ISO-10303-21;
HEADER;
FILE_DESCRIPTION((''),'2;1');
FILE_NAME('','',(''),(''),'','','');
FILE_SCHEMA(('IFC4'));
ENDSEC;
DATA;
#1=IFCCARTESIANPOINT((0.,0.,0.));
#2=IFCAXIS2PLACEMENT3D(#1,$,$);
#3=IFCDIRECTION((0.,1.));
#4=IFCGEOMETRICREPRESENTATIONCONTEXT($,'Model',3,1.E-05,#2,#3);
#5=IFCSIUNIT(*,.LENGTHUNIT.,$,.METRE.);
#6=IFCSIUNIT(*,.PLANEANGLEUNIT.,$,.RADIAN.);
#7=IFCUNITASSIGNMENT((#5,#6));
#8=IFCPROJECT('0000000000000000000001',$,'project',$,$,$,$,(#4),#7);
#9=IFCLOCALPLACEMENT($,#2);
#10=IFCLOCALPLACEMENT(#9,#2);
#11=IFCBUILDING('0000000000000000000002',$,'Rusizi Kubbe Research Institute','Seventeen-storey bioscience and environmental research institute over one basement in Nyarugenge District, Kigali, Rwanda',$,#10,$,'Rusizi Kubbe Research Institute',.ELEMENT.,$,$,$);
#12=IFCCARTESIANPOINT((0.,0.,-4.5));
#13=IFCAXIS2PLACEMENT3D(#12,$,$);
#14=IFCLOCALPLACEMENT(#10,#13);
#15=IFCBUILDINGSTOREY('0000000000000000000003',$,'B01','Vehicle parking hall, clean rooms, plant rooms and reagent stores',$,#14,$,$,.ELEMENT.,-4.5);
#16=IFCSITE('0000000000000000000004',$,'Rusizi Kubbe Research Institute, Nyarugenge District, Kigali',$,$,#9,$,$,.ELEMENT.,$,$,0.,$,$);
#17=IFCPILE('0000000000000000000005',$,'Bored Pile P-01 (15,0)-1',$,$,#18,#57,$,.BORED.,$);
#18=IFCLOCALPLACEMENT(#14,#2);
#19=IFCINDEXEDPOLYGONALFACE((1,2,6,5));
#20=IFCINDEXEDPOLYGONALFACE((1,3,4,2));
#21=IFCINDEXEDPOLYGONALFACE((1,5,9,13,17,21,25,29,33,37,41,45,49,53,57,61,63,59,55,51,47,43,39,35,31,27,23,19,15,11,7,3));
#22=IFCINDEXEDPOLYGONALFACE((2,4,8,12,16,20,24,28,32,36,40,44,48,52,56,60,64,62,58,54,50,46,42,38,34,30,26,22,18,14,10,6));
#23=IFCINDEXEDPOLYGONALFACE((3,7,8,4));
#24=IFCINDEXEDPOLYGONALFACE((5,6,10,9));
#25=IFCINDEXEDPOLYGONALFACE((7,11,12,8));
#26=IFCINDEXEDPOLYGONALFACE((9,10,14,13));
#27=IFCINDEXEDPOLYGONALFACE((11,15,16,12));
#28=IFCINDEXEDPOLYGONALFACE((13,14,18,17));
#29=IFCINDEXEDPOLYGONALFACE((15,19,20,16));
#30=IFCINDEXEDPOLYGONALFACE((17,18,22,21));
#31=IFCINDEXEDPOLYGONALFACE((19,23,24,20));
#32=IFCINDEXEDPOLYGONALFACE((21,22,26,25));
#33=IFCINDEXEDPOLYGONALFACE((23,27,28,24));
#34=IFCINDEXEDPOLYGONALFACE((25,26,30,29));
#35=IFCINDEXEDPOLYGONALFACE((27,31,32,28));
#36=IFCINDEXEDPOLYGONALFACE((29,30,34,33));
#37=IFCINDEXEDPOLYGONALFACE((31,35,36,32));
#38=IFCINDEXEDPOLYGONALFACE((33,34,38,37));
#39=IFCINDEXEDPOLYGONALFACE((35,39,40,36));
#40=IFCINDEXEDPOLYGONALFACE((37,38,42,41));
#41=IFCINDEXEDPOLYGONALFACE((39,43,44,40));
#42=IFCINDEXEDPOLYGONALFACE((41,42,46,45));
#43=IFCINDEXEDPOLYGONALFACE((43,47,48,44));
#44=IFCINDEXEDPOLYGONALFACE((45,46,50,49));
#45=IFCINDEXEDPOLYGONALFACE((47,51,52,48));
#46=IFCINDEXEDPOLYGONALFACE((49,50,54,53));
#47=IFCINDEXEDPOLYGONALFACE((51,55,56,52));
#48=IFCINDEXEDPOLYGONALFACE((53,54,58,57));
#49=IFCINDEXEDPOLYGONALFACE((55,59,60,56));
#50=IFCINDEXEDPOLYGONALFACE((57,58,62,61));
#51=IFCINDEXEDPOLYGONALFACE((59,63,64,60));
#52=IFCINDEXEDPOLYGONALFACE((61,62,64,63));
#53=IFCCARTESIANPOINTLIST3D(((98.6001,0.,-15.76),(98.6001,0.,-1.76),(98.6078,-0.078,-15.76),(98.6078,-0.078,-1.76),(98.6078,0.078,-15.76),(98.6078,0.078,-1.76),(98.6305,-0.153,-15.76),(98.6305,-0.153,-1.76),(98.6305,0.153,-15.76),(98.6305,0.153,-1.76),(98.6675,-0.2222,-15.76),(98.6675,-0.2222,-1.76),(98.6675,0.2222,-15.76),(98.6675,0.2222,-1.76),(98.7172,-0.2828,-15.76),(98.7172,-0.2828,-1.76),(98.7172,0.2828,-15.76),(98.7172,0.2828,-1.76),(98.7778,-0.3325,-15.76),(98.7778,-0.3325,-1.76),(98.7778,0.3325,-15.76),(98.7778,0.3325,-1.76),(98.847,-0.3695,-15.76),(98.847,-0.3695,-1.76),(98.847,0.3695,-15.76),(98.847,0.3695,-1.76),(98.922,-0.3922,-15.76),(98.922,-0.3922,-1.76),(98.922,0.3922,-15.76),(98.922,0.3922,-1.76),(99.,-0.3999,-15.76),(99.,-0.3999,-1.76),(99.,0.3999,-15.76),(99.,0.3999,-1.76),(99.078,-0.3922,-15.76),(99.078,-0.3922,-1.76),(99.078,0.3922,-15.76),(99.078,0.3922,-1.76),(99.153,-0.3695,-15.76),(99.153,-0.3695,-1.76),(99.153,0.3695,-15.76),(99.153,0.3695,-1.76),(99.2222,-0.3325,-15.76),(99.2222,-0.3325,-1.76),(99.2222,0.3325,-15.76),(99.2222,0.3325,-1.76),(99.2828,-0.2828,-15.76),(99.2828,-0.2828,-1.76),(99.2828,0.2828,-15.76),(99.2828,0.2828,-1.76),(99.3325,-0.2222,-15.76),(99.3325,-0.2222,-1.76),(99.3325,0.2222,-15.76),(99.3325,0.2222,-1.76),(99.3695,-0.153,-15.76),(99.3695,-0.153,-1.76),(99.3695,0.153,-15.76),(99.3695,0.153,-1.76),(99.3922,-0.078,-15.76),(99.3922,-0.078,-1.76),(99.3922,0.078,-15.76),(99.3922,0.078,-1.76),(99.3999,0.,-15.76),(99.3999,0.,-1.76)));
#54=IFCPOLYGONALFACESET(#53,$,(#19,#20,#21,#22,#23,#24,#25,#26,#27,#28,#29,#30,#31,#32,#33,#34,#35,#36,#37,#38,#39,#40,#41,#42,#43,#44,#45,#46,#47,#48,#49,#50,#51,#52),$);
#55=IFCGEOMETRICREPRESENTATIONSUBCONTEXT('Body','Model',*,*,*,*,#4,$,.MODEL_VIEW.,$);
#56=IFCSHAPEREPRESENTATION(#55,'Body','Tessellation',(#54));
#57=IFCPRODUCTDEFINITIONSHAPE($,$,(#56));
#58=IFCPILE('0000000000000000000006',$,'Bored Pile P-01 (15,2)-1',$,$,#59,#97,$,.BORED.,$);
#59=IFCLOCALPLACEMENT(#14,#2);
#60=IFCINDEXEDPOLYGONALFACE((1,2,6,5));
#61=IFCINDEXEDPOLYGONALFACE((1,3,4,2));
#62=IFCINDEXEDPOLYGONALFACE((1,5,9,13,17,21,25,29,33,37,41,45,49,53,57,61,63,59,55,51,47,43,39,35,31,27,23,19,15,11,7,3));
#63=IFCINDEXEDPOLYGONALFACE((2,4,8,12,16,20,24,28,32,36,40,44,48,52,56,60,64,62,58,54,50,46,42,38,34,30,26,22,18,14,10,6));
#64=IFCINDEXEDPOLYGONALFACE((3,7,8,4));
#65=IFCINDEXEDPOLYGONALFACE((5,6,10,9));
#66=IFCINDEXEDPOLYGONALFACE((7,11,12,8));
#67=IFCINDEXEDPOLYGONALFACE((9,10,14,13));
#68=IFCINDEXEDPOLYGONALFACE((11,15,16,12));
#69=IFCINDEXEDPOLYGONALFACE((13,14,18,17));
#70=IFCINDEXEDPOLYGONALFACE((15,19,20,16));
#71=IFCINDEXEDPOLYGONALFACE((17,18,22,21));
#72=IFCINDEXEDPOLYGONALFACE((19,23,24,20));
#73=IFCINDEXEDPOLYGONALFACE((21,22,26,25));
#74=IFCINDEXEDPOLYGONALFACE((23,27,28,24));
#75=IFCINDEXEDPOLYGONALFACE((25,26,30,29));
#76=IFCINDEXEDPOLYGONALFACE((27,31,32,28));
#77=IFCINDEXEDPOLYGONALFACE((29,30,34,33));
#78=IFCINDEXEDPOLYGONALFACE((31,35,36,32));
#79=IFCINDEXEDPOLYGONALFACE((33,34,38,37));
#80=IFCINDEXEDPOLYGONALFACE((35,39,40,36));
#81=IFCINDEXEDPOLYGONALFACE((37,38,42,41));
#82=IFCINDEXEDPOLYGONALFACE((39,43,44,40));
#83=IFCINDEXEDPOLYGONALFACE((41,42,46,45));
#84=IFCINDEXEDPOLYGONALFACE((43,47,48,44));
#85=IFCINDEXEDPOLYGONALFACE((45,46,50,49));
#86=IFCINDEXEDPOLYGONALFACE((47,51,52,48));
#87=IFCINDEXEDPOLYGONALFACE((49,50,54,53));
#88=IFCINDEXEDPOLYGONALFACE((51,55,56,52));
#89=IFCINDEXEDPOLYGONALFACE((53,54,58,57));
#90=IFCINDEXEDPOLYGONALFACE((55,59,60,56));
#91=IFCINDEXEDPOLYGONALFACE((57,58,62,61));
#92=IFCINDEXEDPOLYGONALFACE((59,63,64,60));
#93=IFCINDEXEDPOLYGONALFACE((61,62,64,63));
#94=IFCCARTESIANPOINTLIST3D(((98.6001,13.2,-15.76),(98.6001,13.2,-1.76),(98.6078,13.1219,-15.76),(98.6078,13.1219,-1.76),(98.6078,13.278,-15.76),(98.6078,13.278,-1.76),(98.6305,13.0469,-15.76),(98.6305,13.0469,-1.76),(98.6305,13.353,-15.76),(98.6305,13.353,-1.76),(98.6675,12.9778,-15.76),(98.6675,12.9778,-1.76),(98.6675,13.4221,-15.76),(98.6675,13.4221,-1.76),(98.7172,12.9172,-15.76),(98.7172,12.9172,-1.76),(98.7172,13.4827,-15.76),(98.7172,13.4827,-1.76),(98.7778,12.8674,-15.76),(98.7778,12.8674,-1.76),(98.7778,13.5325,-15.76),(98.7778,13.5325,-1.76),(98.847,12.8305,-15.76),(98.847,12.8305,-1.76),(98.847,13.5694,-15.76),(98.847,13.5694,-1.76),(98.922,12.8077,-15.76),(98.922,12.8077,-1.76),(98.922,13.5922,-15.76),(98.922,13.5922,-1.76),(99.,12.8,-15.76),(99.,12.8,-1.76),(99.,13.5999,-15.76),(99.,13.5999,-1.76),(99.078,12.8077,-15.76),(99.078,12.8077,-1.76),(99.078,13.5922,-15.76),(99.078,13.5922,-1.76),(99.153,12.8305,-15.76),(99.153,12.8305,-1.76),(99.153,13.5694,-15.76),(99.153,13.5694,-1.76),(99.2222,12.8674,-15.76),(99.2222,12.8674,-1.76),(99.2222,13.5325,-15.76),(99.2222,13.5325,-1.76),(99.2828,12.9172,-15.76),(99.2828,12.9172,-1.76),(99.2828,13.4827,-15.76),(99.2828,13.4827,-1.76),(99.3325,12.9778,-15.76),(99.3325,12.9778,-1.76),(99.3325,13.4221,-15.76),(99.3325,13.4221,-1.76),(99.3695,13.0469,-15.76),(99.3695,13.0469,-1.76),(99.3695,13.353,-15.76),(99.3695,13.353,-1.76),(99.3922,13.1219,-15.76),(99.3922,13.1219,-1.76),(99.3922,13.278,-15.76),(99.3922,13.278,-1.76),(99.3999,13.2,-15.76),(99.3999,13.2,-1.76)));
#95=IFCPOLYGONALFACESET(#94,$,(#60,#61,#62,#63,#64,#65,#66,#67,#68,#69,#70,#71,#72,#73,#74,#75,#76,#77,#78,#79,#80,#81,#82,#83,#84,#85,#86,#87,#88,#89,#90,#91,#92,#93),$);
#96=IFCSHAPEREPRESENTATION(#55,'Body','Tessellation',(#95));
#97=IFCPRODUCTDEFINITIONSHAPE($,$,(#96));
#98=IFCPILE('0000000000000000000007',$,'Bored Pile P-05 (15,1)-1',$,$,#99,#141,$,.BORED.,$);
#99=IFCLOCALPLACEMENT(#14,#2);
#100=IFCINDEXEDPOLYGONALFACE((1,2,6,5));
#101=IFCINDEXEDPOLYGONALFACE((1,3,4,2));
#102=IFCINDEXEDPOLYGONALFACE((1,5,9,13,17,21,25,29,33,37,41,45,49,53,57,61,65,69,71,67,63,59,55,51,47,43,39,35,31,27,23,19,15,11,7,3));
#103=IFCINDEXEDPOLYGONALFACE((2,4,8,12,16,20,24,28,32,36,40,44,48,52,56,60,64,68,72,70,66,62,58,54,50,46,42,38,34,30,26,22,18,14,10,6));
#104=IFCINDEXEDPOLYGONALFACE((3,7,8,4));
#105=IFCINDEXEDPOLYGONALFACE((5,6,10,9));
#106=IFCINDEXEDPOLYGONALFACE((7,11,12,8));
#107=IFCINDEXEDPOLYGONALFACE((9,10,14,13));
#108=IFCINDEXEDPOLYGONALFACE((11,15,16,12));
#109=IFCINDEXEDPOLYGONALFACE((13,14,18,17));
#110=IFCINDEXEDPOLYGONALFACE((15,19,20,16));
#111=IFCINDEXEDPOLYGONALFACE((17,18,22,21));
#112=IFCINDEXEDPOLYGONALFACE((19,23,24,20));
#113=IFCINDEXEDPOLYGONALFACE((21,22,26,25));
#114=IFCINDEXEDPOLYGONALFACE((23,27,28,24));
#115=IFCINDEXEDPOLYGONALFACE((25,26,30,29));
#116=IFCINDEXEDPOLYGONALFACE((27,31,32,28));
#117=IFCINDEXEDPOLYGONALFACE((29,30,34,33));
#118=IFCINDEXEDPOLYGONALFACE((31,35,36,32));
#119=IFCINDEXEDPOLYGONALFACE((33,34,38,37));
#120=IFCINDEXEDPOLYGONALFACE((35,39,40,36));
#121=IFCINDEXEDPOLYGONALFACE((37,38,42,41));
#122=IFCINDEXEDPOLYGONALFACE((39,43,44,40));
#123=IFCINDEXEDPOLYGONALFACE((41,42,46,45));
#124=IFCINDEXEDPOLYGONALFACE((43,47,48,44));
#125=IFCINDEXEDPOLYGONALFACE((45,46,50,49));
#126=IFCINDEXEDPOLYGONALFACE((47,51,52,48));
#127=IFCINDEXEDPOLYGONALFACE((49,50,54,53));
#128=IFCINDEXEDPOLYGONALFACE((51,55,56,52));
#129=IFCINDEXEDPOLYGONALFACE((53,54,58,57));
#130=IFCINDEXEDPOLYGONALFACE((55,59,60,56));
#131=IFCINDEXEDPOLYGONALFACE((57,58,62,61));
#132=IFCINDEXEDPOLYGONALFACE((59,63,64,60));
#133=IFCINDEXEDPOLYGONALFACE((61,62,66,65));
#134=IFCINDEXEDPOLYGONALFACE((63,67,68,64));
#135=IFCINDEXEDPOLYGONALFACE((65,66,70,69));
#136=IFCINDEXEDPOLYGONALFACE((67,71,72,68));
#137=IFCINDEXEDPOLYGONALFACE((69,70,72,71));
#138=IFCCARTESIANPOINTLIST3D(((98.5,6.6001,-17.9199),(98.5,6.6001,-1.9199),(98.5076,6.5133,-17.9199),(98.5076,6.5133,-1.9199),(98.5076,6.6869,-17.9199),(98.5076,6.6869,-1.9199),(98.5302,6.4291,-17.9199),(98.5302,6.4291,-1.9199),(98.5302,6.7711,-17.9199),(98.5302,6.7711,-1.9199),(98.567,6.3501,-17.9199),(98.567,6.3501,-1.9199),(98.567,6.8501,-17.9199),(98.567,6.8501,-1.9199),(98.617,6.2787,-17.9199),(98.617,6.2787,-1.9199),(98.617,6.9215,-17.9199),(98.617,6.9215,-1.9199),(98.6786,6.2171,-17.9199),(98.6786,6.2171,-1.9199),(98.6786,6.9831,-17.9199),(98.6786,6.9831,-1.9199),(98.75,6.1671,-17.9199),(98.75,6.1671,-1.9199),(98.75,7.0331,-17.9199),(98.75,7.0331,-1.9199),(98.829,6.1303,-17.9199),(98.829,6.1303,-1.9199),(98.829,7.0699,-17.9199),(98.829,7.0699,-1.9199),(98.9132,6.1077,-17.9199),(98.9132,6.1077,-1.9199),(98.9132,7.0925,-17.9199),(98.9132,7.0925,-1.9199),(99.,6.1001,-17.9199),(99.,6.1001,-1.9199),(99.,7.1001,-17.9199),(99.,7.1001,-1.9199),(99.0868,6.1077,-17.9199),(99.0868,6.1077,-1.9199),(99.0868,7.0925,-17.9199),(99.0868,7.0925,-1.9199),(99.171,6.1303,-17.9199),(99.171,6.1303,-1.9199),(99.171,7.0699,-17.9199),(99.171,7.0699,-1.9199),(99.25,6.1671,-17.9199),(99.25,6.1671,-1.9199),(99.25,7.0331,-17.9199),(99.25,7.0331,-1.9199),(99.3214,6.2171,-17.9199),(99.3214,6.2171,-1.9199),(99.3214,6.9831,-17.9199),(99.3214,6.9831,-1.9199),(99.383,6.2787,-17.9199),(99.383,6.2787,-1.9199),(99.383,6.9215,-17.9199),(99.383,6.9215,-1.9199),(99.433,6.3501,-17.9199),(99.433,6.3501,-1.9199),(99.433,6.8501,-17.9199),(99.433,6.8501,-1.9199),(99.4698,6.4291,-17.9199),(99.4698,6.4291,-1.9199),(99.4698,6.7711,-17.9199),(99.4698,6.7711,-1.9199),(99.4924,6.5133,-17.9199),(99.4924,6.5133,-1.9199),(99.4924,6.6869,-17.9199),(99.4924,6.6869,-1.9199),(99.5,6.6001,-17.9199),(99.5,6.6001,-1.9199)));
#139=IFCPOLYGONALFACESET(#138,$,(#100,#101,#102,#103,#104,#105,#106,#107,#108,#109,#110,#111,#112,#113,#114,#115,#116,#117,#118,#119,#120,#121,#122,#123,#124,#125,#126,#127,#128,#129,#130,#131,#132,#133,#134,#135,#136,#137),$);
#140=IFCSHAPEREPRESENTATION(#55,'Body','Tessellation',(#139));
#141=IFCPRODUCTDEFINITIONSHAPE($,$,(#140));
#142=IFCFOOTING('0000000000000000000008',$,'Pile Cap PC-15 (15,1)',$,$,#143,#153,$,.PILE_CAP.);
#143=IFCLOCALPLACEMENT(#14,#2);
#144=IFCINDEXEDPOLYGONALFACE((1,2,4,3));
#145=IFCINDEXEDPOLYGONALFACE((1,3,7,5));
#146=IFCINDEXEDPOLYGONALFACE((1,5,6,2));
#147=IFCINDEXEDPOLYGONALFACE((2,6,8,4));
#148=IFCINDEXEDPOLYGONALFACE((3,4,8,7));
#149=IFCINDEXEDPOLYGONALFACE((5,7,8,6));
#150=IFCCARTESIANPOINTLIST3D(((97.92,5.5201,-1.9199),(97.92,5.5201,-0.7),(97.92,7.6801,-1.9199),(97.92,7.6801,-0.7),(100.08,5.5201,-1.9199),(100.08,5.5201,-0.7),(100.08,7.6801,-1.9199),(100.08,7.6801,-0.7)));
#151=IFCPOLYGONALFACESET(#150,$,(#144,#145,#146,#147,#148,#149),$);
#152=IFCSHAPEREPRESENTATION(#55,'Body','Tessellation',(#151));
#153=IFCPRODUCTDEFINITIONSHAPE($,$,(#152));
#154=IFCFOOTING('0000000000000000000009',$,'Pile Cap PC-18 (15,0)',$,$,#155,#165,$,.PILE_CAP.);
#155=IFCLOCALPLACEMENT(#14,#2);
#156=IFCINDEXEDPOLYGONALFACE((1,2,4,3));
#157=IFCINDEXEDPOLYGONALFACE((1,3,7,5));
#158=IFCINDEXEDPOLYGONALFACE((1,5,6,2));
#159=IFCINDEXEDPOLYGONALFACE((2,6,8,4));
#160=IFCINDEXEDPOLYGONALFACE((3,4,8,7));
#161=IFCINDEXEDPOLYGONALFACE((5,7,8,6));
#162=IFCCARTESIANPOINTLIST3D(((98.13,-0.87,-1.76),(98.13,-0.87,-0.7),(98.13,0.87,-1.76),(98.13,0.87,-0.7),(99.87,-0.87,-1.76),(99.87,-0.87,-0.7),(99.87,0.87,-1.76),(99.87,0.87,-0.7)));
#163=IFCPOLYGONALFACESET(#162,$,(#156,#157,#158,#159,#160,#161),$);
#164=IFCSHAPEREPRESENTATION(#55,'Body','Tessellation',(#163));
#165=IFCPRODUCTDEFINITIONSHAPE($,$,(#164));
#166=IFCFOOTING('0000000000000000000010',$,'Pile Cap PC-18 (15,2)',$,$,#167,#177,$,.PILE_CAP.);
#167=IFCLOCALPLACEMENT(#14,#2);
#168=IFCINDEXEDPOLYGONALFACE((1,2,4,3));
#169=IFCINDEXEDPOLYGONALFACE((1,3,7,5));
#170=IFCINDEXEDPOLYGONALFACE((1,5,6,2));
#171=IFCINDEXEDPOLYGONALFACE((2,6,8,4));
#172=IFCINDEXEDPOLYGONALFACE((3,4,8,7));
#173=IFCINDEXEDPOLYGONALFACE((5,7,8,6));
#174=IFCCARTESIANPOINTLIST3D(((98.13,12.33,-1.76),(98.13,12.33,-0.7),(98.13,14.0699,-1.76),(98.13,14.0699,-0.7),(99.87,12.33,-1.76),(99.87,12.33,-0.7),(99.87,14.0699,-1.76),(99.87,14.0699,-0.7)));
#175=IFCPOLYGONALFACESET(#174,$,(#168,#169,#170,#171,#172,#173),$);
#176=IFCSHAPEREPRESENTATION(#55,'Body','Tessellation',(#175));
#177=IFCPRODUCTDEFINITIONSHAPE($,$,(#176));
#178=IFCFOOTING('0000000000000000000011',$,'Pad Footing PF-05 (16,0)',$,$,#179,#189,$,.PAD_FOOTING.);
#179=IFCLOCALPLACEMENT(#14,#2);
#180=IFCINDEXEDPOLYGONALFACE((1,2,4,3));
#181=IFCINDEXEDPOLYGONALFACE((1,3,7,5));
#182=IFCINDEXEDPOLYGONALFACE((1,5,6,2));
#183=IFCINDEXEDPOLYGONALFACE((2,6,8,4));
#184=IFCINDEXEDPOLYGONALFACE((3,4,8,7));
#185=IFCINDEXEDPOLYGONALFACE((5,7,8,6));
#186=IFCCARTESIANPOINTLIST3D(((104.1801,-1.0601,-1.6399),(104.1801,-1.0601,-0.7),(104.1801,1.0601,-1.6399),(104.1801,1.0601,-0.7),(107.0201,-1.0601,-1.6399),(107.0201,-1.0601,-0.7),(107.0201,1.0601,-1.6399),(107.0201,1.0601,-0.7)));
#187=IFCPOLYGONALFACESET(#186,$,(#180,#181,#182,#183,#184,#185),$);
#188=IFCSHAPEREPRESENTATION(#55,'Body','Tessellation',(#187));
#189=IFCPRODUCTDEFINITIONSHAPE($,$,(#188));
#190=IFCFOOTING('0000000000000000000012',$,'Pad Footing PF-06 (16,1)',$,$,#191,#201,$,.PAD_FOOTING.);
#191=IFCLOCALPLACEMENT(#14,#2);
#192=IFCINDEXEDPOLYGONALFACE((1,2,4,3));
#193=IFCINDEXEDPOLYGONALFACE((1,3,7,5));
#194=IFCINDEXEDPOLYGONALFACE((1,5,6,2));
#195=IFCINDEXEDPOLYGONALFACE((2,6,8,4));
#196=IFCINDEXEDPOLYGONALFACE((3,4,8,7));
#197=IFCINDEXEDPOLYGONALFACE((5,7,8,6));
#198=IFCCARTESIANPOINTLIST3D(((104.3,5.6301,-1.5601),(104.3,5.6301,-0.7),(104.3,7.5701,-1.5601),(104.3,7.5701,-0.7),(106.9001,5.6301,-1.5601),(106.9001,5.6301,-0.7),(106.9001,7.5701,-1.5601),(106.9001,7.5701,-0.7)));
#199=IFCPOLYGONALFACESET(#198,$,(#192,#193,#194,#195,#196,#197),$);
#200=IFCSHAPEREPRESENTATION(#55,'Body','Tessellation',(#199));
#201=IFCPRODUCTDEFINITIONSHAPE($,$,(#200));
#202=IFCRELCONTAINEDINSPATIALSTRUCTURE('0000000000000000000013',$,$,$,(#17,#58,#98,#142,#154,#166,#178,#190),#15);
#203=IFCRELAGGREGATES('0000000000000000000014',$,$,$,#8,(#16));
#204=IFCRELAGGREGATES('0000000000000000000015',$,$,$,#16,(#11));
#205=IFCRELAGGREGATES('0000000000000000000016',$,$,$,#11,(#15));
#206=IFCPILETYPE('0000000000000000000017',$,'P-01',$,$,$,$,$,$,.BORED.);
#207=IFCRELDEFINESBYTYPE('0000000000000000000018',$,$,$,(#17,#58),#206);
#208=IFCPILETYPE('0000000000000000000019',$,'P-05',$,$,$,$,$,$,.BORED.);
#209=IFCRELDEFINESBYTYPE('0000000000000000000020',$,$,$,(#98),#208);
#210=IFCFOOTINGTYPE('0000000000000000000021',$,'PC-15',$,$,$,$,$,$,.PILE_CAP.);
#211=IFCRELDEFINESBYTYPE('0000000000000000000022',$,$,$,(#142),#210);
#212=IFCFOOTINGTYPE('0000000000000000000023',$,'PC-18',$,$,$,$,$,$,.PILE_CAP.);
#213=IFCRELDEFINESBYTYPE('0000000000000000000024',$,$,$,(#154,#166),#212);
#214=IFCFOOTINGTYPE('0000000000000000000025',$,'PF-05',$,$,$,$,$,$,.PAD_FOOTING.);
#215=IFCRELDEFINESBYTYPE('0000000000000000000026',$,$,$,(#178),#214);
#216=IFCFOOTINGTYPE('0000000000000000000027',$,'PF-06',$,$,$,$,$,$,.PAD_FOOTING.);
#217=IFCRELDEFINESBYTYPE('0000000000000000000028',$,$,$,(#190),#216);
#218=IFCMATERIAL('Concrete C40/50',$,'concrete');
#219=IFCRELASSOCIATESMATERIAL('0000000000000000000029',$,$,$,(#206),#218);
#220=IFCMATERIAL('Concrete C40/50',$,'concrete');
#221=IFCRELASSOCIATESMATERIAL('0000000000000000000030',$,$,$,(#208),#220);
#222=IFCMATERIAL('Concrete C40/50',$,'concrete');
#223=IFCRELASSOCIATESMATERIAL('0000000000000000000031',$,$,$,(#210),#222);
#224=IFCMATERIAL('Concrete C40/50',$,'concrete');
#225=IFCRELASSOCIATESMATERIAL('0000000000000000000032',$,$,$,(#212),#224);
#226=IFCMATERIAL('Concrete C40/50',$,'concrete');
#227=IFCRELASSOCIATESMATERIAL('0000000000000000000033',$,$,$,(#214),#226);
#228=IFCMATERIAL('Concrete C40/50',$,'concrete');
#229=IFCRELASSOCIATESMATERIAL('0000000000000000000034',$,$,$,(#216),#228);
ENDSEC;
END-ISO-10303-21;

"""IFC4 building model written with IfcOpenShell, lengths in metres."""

from ifc_helpers import new_model, si_unit, direction, frame, origin, origin_2d, place, context, subcontext, project, spatial, rectangle, circle, extrude, material, material_profile, profile_set, type_object, element, save


model = new_model("IFC4")

# Units and contexts
model_context = context("Model", 3, precision=1e-05, world=origin(), true_north=direction((0.0, 1.0)))
body_context = subcontext(model_context, "Body", "Model", "MODEL_VIEW")
ifc_project = project(units=[si_unit("LENGTHUNIT", "METRE"), si_unit("PLANEANGLEUNIT", "RADIAN")], contexts=[model_context])

# Site, building, storey
site_placement = place(None, origin())
site = spatial("IfcSite", under=ifc_project, at=site_placement, Name="Rusizi Kubbe Research Institute, Nyarugenge District, Kigali", CompositionType="ELEMENT", RefElevation=0.0)
building_placement = place(site_placement, origin())
building = spatial("IfcBuilding", under=site, at=building_placement, Name="Rusizi Kubbe Research Institute", Description="Seventeen-storey bioscience and environmental research institute over one basement in Nyarugenge District, Kigali, Rwanda", LongName="Rusizi Kubbe Research Institute", CompositionType="ELEMENT")
storey_placement = place(building_placement, frame((0.0, 0.0, -4.5)))
storey = spatial("IfcBuildingStorey", under=building, at=storey_placement, Name="B01", Description="Vehicle parking hall, clean rooms, plant rooms and reagent stores", CompositionType="ELEMENT", Elevation=-4.5)

# Piles
ifc_material_1 = material(Name="Concrete C40/50", Category="concrete")
ifc_material_profile_1 = material_profile(ifc_material_1, circle(Radius=0.3999, at=origin_2d()), Name="PILE-D800")
ifc_profile_set_1 = profile_set([ifc_material_profile_1], Name="Concrete C40/50")
pile_type_1 = type_object("IfcPileType", Name="P-01", PredefinedType="BORED", material=ifc_profile_set_1)
for number, where, z_axis, x_axis, name in (
    (1, (99.0, 0.0, -1.76), (0.0, 0.0, -1.0), (1.0, 0.0, 0.0), "Bored Pile P-01 (15,0)-1"),
    (2, (99.0, 13.2, -1.76), (0.0, 0.0, -1.0), (1.0, 0.0, 0.0), "Bored Pile P-01 (15,2)-1"),
):
    element("IfcPile", number, at=place(storey_placement, frame(where, z_axis=z_axis, x_axis=x_axis)), inside=storey, type_object=pile_type_1, Name=name, PredefinedType="BORED", context=body_context, shape_type="SweptSolid", body=[
        extrude(circle(Radius=0.3999, at=origin_2d()), origin(), (0.0, 0.0, 1.0), 14.0),
    ])
ifc_material_2 = material(Name="Concrete C40/50", Category="concrete")
ifc_material_profile_2 = material_profile(ifc_material_2, circle(Radius=0.5, at=origin_2d()), Name="PILE-D1000")
ifc_profile_set_2 = profile_set([ifc_material_profile_2], Name="Concrete C40/50")
pile_type_2 = type_object("IfcPileType", Name="P-05", PredefinedType="BORED", material=ifc_profile_set_2)
pile_placement = place(storey_placement, frame((99.0, 6.6001, -1.9199), z_axis=(0.0, 0.0, -1.0), x_axis=(1.0, 0.0, 0.0)))
element("IfcPile", 3, at=pile_placement, inside=storey, type_object=pile_type_2, Name="Bored Pile P-05 (15,1)-1", PredefinedType="BORED", context=body_context, shape_type="SweptSolid", body=[
    extrude(circle(Radius=0.5, at=origin_2d()), origin(), (0.0, 0.0, 1.0), 16.0),
])

# Footings
ifc_material_3 = material(Name="Concrete C40/50", Category="concrete")
footing_type_1 = type_object("IfcFootingType", Name="PC-15", PredefinedType="PILE_CAP", material=ifc_material_3)
footing_1_placement = place(storey_placement, frame((99.0, 6.6001, -1.9199), z_axis=(0.0, 0.0, 1.0), x_axis=(1.0, 0.0, 0.0)))
element("IfcFooting", 4, at=footing_1_placement, inside=storey, type_object=footing_type_1, Name="Pile Cap PC-15 (15,1)", PredefinedType="PILE_CAP", context=body_context, shape_type="SweptSolid", body=[
    extrude(rectangle(XDim=2.1599, YDim=2.1599, at=origin_2d()), origin(), (0.0, 0.0, 1.0), 1.22),
])
ifc_material_4 = material(Name="Concrete C40/50", Category="concrete")
footing_type_2 = type_object("IfcFootingType", Name="PC-18", PredefinedType="PILE_CAP", material=ifc_material_4)
for number, where, z_axis, x_axis, name in (
    (5, (99.0, 0.0, -1.76), (0.0, 0.0, 1.0), (1.0, 0.0, 0.0), "Pile Cap PC-18 (15,0)"),
    (6, (99.0, 13.2, -1.76), (0.0, 0.0, 1.0), (1.0, 0.0, 0.0), "Pile Cap PC-18 (15,2)"),
):
    element("IfcFooting", number, at=place(storey_placement, frame(where, z_axis=z_axis, x_axis=x_axis)), inside=storey, type_object=footing_type_2, Name=name, PredefinedType="PILE_CAP", context=body_context, shape_type="SweptSolid", body=[
        extrude(rectangle(XDim=1.74, YDim=1.74, at=origin_2d()), origin(), (0.0, 0.0, 1.0), 1.0601),
    ])
ifc_material_5 = material(Name="Concrete C40/50", Category="concrete")
footing_type_3 = type_object("IfcFootingType", Name="PF-05", PredefinedType="PAD_FOOTING", material=ifc_material_5)
footing_2_placement = place(storey_placement, frame((105.6001, 0.0, -1.6399), z_axis=(0.0, 0.0, 1.0), x_axis=(1.0, 0.0, 0.0)))
element("IfcFooting", 7, at=footing_2_placement, inside=storey, type_object=footing_type_3, Name="Pad Footing PF-05 (16,0)", PredefinedType="PAD_FOOTING", context=body_context, shape_type="SweptSolid", body=[
    extrude(rectangle(XDim=2.8401, YDim=2.1201, at=origin_2d()), origin(), (0.0, 0.0, 1.0), 0.9399),
])
ifc_material_6 = material(Name="Concrete C40/50", Category="concrete")
footing_type_4 = type_object("IfcFootingType", Name="PF-06", PredefinedType="PAD_FOOTING", material=ifc_material_6)
footing_3_placement = place(storey_placement, frame((105.6001, 6.6001, -1.5601), z_axis=(0.0, 0.0, 1.0), x_axis=(1.0, 0.0, 0.0)))
element("IfcFooting", 8, at=footing_3_placement, inside=storey, type_object=footing_type_4, Name="Pad Footing PF-06 (16,1)", PredefinedType="PAD_FOOTING", context=body_context, shape_type="SweptSolid", body=[
    extrude(rectangle(XDim=2.6001, YDim=1.9399, at=origin_2d()), origin(), (0.0, 0.0, 1.0), 0.8601),
])

save(model, "model.ifc")
